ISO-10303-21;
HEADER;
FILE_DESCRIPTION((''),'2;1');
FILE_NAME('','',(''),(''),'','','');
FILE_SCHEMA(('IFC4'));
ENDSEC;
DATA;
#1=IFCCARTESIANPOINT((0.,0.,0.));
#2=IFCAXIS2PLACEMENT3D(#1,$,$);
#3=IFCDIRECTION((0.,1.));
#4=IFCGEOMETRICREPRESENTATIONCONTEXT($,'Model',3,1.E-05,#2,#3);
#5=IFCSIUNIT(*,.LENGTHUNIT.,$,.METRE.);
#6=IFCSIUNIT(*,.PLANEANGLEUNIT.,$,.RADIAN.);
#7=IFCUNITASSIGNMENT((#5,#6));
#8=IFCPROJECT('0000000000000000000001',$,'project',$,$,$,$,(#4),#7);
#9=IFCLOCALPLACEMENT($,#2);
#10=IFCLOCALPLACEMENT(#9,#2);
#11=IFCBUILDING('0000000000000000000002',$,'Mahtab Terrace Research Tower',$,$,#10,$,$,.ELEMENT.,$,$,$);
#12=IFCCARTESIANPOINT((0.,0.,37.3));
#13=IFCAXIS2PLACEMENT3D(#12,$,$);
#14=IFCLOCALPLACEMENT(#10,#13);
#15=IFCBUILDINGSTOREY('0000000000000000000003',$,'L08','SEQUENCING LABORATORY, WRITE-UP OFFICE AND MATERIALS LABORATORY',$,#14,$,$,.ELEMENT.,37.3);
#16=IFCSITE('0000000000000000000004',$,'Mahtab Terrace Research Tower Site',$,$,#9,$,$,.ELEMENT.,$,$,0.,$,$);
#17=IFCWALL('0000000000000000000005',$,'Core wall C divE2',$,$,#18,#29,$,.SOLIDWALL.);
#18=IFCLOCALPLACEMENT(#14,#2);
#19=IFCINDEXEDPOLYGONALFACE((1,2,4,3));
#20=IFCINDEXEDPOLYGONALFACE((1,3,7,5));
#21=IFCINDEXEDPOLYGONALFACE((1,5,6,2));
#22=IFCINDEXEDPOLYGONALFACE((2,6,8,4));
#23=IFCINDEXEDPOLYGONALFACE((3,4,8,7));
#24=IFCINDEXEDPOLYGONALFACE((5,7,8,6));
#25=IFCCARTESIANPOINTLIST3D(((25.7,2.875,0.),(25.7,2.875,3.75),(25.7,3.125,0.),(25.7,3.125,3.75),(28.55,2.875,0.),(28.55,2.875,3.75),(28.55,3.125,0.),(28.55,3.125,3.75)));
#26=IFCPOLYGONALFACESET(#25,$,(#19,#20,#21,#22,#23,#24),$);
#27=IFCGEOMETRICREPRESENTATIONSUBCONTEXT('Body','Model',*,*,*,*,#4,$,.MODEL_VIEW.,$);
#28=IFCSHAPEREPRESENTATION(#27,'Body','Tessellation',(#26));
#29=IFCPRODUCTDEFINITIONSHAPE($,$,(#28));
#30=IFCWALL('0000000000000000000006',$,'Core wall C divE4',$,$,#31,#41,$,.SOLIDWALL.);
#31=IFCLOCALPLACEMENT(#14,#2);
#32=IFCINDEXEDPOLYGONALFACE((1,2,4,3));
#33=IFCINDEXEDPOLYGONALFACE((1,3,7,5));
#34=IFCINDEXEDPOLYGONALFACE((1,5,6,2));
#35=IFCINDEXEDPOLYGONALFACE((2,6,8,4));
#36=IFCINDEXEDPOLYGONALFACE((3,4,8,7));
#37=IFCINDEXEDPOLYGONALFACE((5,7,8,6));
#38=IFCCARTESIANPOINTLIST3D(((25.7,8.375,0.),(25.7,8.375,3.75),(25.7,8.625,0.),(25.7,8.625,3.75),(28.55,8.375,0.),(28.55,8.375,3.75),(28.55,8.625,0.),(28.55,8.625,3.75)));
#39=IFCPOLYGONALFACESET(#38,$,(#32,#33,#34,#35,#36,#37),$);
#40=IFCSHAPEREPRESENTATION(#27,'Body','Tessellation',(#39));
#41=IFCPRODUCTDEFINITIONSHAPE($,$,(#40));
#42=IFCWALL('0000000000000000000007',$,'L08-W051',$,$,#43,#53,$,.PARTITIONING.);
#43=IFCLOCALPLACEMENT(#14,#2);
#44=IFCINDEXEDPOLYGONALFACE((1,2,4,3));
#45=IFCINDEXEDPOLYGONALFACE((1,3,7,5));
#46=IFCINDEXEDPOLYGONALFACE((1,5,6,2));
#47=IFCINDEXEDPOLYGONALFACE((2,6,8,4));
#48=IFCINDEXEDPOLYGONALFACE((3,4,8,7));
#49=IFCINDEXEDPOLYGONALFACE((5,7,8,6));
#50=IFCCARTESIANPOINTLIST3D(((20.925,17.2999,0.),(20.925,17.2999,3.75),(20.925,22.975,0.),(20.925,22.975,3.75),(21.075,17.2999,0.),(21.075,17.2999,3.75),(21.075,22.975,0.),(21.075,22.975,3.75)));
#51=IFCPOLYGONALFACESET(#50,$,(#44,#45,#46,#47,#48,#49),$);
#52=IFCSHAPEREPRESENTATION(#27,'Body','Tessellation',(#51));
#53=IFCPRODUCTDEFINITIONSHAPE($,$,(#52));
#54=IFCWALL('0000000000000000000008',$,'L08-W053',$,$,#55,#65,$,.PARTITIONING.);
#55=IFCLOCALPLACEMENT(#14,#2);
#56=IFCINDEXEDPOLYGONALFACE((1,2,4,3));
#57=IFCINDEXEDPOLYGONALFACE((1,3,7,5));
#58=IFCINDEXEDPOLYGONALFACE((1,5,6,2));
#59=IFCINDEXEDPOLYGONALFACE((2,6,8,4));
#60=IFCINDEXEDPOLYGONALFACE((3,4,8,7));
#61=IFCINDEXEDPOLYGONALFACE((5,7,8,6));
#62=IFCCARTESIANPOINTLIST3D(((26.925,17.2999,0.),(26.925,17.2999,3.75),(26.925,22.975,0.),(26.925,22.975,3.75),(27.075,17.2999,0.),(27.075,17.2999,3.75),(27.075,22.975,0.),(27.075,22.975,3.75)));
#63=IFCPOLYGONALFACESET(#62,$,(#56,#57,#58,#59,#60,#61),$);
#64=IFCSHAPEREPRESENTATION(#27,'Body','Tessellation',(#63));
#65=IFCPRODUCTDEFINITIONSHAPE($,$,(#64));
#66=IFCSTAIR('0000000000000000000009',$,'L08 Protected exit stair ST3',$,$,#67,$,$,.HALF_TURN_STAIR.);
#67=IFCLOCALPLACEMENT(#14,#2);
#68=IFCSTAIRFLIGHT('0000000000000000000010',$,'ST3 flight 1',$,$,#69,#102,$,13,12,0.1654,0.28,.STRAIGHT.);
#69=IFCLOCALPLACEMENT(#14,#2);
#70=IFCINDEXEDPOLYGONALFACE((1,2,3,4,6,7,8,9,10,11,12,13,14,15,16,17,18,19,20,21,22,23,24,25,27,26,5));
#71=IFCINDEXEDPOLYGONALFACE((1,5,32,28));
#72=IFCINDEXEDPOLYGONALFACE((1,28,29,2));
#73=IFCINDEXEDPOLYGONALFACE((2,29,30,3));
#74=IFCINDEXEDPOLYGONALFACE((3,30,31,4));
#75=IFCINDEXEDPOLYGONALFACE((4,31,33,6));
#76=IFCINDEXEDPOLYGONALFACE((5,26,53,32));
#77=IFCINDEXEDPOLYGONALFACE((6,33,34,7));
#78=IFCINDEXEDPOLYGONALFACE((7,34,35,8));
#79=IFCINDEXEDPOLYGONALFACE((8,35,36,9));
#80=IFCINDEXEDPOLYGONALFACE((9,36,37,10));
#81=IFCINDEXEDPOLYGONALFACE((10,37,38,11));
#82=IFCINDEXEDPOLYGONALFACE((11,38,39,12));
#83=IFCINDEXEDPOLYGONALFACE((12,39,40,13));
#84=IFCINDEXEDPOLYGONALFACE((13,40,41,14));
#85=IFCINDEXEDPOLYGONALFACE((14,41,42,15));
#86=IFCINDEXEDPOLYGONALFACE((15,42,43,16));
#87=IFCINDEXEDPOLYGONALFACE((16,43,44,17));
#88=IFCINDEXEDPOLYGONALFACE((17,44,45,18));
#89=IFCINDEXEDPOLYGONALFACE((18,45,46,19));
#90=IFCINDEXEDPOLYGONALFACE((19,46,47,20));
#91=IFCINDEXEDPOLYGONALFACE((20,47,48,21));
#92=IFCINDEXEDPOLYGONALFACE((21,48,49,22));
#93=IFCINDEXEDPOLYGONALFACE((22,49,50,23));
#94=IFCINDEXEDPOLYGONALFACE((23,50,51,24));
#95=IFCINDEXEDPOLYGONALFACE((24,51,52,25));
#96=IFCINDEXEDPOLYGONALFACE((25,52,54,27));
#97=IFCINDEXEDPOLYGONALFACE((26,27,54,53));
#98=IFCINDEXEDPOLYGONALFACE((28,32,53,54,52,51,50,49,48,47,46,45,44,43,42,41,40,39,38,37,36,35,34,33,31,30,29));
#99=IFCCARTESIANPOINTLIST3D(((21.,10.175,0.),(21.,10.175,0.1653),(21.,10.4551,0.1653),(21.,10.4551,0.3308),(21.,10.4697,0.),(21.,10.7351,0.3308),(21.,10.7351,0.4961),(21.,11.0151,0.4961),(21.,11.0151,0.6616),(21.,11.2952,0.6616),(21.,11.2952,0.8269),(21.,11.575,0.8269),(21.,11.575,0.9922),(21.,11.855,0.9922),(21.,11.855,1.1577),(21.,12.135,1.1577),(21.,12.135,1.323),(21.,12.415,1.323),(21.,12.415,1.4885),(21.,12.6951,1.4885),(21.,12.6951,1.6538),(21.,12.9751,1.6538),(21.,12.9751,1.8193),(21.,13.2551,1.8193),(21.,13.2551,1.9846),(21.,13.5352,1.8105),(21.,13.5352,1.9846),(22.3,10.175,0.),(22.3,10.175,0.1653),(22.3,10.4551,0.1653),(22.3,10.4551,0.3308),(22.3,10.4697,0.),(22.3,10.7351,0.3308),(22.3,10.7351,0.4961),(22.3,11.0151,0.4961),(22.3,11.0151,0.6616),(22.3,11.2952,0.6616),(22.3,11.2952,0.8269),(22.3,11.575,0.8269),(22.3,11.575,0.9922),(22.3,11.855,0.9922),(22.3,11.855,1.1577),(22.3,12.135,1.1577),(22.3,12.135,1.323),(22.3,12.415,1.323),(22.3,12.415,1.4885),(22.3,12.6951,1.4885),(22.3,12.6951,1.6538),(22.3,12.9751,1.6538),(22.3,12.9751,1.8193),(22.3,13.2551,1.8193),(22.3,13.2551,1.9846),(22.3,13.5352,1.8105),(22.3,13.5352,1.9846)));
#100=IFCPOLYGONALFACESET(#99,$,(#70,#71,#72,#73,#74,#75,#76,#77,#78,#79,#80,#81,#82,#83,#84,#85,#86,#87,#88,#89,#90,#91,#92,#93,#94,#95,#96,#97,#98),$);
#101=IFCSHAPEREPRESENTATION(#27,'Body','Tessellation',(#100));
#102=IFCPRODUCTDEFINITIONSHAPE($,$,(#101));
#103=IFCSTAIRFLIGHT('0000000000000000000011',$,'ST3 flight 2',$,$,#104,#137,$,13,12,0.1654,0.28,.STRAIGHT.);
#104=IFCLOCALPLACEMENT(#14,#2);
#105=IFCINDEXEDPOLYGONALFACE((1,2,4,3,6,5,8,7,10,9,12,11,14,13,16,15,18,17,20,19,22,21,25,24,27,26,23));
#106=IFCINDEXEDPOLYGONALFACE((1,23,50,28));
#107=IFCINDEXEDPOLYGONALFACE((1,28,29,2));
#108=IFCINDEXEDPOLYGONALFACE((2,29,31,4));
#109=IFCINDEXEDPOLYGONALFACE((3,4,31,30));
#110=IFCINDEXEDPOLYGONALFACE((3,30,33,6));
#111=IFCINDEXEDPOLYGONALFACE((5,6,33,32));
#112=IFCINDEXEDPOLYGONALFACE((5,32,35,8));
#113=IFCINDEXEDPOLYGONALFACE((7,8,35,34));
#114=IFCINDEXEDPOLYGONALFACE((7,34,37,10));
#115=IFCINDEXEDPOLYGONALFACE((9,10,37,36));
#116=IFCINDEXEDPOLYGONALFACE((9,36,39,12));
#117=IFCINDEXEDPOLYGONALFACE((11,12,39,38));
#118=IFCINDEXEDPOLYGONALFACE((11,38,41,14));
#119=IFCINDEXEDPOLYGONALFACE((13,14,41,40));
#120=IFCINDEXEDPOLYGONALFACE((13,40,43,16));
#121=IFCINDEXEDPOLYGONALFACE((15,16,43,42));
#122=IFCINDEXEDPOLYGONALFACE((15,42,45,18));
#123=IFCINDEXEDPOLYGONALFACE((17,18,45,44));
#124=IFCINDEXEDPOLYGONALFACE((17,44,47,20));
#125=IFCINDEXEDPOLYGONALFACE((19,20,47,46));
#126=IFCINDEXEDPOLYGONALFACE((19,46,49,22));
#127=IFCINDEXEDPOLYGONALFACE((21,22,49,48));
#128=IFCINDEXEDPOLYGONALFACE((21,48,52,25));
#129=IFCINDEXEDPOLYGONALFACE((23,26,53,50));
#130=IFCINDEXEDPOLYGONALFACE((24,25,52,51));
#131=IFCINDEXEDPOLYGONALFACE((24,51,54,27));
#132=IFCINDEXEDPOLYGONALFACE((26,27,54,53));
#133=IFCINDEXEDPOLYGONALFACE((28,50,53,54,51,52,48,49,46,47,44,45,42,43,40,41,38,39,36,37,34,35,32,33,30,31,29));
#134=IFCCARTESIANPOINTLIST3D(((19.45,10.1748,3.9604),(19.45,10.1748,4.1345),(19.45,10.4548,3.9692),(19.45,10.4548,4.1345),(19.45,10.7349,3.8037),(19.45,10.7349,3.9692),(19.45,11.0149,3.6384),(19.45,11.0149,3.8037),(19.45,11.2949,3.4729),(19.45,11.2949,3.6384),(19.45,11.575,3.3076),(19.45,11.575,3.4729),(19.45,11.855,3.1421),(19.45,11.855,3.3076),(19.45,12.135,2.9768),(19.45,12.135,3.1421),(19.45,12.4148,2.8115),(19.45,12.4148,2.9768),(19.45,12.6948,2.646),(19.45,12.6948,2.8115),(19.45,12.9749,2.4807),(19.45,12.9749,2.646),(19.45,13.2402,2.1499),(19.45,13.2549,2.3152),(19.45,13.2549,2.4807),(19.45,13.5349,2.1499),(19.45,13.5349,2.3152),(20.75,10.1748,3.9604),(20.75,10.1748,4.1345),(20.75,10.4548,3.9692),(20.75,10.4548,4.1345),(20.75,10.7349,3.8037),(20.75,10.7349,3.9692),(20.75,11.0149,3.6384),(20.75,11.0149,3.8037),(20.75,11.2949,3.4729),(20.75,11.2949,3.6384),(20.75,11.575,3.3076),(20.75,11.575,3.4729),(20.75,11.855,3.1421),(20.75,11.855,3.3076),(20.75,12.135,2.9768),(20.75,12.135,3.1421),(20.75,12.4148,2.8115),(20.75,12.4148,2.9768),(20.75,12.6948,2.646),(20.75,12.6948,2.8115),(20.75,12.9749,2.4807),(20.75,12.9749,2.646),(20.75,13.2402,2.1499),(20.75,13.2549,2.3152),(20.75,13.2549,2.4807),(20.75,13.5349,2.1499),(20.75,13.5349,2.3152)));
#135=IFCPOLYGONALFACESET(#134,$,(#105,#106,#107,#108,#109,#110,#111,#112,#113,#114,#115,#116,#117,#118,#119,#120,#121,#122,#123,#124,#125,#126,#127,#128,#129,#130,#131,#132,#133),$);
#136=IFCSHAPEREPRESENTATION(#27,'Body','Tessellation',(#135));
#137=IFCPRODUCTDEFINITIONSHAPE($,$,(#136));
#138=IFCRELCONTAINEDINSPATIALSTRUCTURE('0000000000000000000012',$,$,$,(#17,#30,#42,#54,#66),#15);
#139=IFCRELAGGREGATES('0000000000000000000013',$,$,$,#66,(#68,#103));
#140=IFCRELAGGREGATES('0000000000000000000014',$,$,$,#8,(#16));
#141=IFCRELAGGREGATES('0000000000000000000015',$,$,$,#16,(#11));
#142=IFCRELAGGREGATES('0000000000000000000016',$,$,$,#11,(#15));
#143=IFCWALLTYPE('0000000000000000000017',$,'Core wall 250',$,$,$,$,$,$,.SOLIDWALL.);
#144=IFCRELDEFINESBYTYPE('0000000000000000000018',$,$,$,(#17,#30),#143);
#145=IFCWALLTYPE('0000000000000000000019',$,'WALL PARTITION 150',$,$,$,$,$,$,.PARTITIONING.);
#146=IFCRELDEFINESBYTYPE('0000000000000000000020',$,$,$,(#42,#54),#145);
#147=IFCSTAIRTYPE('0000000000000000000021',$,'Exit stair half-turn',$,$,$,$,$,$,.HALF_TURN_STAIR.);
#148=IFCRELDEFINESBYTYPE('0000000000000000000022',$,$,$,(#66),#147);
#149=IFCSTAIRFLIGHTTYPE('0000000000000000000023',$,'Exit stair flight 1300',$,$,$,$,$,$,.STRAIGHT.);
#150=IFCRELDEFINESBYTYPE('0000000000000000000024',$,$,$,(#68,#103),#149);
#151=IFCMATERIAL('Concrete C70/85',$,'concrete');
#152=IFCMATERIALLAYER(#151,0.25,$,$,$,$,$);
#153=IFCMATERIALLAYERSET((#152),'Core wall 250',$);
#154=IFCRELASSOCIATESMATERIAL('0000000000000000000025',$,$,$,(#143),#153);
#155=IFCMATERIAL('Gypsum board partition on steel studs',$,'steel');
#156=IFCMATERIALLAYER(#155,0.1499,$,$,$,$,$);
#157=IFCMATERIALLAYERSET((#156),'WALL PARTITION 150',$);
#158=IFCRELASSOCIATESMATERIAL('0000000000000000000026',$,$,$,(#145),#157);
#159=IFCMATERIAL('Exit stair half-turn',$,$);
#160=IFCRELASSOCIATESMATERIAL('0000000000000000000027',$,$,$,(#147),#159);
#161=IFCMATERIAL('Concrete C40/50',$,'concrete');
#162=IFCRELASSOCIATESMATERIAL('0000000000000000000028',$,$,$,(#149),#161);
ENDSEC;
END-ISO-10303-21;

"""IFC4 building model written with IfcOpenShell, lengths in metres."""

from ifc_helpers import new_model, si_unit, direction, frame, frame_2d, origin, place, context, subcontext, project, spatial, polyline, rectangle, outline, extrude, material, layer, layer_set, type_object, element, aggregate, save


model = new_model("IFC4")

# Units and contexts
model_context = context("Model", 3, precision=1e-05, world=origin(), true_north=direction((0.0, 1.0)))
body_context = subcontext(model_context, "Body", "Model", "MODEL_VIEW")
ifc_project = project(units=[si_unit("LENGTHUNIT", "METRE"), si_unit("PLANEANGLEUNIT", "RADIAN")], contexts=[model_context])

# Site, building, storey
site_placement = place(None, origin())
site = spatial("IfcSite", under=ifc_project, at=site_placement, Name="Mahtab Terrace Research Tower Site", CompositionType="ELEMENT", RefElevation=0.0)
building_placement = place(site_placement, origin())
building = spatial("IfcBuilding", under=site, at=building_placement, Name="Mahtab Terrace Research Tower", CompositionType="ELEMENT")
storey_placement = place(building_placement, frame((0.0, 0.0, 37.3)))
storey = spatial("IfcBuildingStorey", under=building, at=storey_placement, Name="L08", Description="SEQUENCING LABORATORY, WRITE-UP OFFICE AND MATERIALS LABORATORY", CompositionType="ELEMENT", Elevation=37.3)

# Shared definitions
ifc_material_1 = material(Name="Concrete C70/85", Category="concrete")

# Shared definitions
ifc_layer_1 = layer(ifc_material_1, 0.25)
ifc_layer_set_1 = layer_set([ifc_layer_1], Name="Core wall 250")
wall_type_1 = type_object("IfcWallType", Name="Core wall 250", PredefinedType="SOLIDWALL", material=ifc_layer_set_1)

# Walls
for number, where, z_axis, x_axis, name in (
    (1, (25.7, 3.0, 0.0), (0.0, 0.0, 1.0), (1.0, 0.0, 0.0), "Core wall C divE2"),
    (2, (25.7, 8.5, 0.0), (0.0, 0.0, 1.0), (1.0, 0.0, 0.0), "Core wall C divE4"),
):
    element("IfcWall", number, at=place(storey_placement, frame(where, z_axis=z_axis, x_axis=x_axis)), inside=storey, type_object=wall_type_1, Name=name, PredefinedType="SOLIDWALL", context=body_context, shape_type="SweptSolid", body=[
        extrude(rectangle(XDim=2.8501, YDim=0.25, at=frame_2d((1.425, 0.0))), origin(), (0.0, 0.0, 1.0), 3.75),
    ])
ifc_material_2 = material(Name="Gypsum board partition on steel studs", Category="steel")
ifc_layer_2 = layer(ifc_material_2, 0.1499)
ifc_layer_set_2 = layer_set([ifc_layer_2], Name="WALL PARTITION 150")
wall_type_2 = type_object("IfcWallType", Name="WALL PARTITION 150", PredefinedType="PARTITIONING", material=ifc_layer_set_2)
for number, where, z_axis, x_axis, name in (
    (3, (21.0, 17.3, 0.0), (0.0, 0.0, 1.0), (0.0, 1.0, 0.0), "L08-W051"),
    (4, (27.0, 17.3, 0.0), (0.0, 0.0, 1.0), (0.0, 1.0, 0.0), "L08-W053"),
):
    element("IfcWall", number, at=place(storey_placement, frame(where, z_axis=z_axis, x_axis=x_axis)), inside=storey, type_object=wall_type_2, Name=name, PredefinedType="PARTITIONING", context=body_context, shape_type="SweptSolid", body=[
        extrude(rectangle(XDim=5.675, YDim=0.1499, at=frame_2d((2.8374, 0.0))), origin(), (0.0, 0.0, 1.0), 3.75),
    ])

# Stair, stair flights
ifc_material_3 = material(Name="Exit stair half-turn")
stair_type = type_object("IfcStairType", Name="Exit stair half-turn", PredefinedType="HALF_TURN_STAIR", material=ifc_material_3)
stair_placement = place(storey_placement, origin())
stair = element("IfcStair", 5, at=stair_placement, inside=storey, type_object=stair_type, Name="L08 Protected exit stair ST3", PredefinedType="HALF_TURN_STAIR")
ifc_material_4 = material(Name="Concrete C40/50", Category="concrete")
stair_flight_type = type_object("IfcStairFlightType", Name="Exit stair flight 1300", PredefinedType="STRAIGHT", material=ifc_material_4)
stair_flight_1_placement = place(storey_placement, frame((21.6499, 10.175, 0.0), z_axis=(0.0, 0.0, 1.0), x_axis=(0.0, 1.0, 0.0)))
stair_flight_1 = element("IfcStairFlight", 6, at=stair_flight_1_placement, type_object=stair_flight_type, Name="ST3 flight 1", NumberOfRisers=13, NumberOfTreads=12, PredefinedType="STRAIGHT", RiserHeight=0.1654, TreadLength=0.28, context=body_context, shape_type="SweptSolid", body=[
    extrude(outline(polyline([(0.0, 0.0), (0.0, 0.1653), (0.28, 0.1653), (0.28, 0.3308), (0.5601, 0.3308), (0.5601, 0.4961), (0.8401, 0.4961), (0.8401, 0.6616), (1.1201, 0.6616), (1.1201, 0.8269), (1.3999, 0.8269), (1.3999, 0.9922), (1.6799, 0.9922), (1.6799, 1.1577), (1.96, 1.1577), (1.96, 1.323), (2.24, 1.323), (2.24, 1.4885), (2.52, 1.4885), (2.52, 1.6538), (2.8, 1.6538), (2.8, 1.8193), (3.0801, 1.8193), (3.0801, 1.9846), (3.3601, 1.9846), (3.3601, 2.1499), (3.3601, 1.8105), (0.2947, 0.0), (0.0, 0.0)])), frame((0.0, 0.6499, 0.0), z_axis=(0.0, -1.0, 0.0), x_axis=(1.0, 0.0, 0.0)), (0.0, 0.0, 1.0), 1.3),
])
stair_flight_2_placement = place(storey_placement, frame((20.1001, 13.5349, 2.1499), z_axis=(0.0, 0.0, 1.0), x_axis=(0.0, -1.0, 0.0)))
stair_flight_2 = element("IfcStairFlight", 7, at=stair_flight_2_placement, type_object=stair_flight_type, Name="ST3 flight 2", NumberOfRisers=13, NumberOfTreads=12, PredefinedType="STRAIGHT", RiserHeight=0.1654, TreadLength=0.28, context=body_context, shape_type="SweptSolid", body=[
    extrude(outline(polyline([(0.0, 0.0), (0.0, 0.1653), (0.28, 0.1653), (0.28, 0.3308), (0.5601, 0.3308), (0.5601, 0.4961), (0.8401, 0.4961), (0.8401, 0.6616), (1.1201, 0.6616), (1.1201, 0.8269), (1.3999, 0.8269), (1.3999, 0.9922), (1.6799, 0.9922), (1.6799, 1.1577), (1.96, 1.1577), (1.96, 1.323), (2.24, 1.323), (2.24, 1.4885), (2.52, 1.4885), (2.52, 1.6538), (2.8, 1.6538), (2.8, 1.8193), (3.0801, 1.8193), (3.0801, 1.9846), (3.3601, 1.9846), (3.3601, 2.1499), (3.3601, 1.8105), (0.2947, 0.0), (0.0, 0.0)])), frame((0.0, 0.6499, 0.0), z_axis=(0.0, -1.0, 0.0), x_axis=(1.0, 0.0, 0.0)), (0.0, 0.0, 1.0), 1.3),
])
aggregate(stair, [stair_flight_1, stair_flight_2])

save(model, "model.ifc")
